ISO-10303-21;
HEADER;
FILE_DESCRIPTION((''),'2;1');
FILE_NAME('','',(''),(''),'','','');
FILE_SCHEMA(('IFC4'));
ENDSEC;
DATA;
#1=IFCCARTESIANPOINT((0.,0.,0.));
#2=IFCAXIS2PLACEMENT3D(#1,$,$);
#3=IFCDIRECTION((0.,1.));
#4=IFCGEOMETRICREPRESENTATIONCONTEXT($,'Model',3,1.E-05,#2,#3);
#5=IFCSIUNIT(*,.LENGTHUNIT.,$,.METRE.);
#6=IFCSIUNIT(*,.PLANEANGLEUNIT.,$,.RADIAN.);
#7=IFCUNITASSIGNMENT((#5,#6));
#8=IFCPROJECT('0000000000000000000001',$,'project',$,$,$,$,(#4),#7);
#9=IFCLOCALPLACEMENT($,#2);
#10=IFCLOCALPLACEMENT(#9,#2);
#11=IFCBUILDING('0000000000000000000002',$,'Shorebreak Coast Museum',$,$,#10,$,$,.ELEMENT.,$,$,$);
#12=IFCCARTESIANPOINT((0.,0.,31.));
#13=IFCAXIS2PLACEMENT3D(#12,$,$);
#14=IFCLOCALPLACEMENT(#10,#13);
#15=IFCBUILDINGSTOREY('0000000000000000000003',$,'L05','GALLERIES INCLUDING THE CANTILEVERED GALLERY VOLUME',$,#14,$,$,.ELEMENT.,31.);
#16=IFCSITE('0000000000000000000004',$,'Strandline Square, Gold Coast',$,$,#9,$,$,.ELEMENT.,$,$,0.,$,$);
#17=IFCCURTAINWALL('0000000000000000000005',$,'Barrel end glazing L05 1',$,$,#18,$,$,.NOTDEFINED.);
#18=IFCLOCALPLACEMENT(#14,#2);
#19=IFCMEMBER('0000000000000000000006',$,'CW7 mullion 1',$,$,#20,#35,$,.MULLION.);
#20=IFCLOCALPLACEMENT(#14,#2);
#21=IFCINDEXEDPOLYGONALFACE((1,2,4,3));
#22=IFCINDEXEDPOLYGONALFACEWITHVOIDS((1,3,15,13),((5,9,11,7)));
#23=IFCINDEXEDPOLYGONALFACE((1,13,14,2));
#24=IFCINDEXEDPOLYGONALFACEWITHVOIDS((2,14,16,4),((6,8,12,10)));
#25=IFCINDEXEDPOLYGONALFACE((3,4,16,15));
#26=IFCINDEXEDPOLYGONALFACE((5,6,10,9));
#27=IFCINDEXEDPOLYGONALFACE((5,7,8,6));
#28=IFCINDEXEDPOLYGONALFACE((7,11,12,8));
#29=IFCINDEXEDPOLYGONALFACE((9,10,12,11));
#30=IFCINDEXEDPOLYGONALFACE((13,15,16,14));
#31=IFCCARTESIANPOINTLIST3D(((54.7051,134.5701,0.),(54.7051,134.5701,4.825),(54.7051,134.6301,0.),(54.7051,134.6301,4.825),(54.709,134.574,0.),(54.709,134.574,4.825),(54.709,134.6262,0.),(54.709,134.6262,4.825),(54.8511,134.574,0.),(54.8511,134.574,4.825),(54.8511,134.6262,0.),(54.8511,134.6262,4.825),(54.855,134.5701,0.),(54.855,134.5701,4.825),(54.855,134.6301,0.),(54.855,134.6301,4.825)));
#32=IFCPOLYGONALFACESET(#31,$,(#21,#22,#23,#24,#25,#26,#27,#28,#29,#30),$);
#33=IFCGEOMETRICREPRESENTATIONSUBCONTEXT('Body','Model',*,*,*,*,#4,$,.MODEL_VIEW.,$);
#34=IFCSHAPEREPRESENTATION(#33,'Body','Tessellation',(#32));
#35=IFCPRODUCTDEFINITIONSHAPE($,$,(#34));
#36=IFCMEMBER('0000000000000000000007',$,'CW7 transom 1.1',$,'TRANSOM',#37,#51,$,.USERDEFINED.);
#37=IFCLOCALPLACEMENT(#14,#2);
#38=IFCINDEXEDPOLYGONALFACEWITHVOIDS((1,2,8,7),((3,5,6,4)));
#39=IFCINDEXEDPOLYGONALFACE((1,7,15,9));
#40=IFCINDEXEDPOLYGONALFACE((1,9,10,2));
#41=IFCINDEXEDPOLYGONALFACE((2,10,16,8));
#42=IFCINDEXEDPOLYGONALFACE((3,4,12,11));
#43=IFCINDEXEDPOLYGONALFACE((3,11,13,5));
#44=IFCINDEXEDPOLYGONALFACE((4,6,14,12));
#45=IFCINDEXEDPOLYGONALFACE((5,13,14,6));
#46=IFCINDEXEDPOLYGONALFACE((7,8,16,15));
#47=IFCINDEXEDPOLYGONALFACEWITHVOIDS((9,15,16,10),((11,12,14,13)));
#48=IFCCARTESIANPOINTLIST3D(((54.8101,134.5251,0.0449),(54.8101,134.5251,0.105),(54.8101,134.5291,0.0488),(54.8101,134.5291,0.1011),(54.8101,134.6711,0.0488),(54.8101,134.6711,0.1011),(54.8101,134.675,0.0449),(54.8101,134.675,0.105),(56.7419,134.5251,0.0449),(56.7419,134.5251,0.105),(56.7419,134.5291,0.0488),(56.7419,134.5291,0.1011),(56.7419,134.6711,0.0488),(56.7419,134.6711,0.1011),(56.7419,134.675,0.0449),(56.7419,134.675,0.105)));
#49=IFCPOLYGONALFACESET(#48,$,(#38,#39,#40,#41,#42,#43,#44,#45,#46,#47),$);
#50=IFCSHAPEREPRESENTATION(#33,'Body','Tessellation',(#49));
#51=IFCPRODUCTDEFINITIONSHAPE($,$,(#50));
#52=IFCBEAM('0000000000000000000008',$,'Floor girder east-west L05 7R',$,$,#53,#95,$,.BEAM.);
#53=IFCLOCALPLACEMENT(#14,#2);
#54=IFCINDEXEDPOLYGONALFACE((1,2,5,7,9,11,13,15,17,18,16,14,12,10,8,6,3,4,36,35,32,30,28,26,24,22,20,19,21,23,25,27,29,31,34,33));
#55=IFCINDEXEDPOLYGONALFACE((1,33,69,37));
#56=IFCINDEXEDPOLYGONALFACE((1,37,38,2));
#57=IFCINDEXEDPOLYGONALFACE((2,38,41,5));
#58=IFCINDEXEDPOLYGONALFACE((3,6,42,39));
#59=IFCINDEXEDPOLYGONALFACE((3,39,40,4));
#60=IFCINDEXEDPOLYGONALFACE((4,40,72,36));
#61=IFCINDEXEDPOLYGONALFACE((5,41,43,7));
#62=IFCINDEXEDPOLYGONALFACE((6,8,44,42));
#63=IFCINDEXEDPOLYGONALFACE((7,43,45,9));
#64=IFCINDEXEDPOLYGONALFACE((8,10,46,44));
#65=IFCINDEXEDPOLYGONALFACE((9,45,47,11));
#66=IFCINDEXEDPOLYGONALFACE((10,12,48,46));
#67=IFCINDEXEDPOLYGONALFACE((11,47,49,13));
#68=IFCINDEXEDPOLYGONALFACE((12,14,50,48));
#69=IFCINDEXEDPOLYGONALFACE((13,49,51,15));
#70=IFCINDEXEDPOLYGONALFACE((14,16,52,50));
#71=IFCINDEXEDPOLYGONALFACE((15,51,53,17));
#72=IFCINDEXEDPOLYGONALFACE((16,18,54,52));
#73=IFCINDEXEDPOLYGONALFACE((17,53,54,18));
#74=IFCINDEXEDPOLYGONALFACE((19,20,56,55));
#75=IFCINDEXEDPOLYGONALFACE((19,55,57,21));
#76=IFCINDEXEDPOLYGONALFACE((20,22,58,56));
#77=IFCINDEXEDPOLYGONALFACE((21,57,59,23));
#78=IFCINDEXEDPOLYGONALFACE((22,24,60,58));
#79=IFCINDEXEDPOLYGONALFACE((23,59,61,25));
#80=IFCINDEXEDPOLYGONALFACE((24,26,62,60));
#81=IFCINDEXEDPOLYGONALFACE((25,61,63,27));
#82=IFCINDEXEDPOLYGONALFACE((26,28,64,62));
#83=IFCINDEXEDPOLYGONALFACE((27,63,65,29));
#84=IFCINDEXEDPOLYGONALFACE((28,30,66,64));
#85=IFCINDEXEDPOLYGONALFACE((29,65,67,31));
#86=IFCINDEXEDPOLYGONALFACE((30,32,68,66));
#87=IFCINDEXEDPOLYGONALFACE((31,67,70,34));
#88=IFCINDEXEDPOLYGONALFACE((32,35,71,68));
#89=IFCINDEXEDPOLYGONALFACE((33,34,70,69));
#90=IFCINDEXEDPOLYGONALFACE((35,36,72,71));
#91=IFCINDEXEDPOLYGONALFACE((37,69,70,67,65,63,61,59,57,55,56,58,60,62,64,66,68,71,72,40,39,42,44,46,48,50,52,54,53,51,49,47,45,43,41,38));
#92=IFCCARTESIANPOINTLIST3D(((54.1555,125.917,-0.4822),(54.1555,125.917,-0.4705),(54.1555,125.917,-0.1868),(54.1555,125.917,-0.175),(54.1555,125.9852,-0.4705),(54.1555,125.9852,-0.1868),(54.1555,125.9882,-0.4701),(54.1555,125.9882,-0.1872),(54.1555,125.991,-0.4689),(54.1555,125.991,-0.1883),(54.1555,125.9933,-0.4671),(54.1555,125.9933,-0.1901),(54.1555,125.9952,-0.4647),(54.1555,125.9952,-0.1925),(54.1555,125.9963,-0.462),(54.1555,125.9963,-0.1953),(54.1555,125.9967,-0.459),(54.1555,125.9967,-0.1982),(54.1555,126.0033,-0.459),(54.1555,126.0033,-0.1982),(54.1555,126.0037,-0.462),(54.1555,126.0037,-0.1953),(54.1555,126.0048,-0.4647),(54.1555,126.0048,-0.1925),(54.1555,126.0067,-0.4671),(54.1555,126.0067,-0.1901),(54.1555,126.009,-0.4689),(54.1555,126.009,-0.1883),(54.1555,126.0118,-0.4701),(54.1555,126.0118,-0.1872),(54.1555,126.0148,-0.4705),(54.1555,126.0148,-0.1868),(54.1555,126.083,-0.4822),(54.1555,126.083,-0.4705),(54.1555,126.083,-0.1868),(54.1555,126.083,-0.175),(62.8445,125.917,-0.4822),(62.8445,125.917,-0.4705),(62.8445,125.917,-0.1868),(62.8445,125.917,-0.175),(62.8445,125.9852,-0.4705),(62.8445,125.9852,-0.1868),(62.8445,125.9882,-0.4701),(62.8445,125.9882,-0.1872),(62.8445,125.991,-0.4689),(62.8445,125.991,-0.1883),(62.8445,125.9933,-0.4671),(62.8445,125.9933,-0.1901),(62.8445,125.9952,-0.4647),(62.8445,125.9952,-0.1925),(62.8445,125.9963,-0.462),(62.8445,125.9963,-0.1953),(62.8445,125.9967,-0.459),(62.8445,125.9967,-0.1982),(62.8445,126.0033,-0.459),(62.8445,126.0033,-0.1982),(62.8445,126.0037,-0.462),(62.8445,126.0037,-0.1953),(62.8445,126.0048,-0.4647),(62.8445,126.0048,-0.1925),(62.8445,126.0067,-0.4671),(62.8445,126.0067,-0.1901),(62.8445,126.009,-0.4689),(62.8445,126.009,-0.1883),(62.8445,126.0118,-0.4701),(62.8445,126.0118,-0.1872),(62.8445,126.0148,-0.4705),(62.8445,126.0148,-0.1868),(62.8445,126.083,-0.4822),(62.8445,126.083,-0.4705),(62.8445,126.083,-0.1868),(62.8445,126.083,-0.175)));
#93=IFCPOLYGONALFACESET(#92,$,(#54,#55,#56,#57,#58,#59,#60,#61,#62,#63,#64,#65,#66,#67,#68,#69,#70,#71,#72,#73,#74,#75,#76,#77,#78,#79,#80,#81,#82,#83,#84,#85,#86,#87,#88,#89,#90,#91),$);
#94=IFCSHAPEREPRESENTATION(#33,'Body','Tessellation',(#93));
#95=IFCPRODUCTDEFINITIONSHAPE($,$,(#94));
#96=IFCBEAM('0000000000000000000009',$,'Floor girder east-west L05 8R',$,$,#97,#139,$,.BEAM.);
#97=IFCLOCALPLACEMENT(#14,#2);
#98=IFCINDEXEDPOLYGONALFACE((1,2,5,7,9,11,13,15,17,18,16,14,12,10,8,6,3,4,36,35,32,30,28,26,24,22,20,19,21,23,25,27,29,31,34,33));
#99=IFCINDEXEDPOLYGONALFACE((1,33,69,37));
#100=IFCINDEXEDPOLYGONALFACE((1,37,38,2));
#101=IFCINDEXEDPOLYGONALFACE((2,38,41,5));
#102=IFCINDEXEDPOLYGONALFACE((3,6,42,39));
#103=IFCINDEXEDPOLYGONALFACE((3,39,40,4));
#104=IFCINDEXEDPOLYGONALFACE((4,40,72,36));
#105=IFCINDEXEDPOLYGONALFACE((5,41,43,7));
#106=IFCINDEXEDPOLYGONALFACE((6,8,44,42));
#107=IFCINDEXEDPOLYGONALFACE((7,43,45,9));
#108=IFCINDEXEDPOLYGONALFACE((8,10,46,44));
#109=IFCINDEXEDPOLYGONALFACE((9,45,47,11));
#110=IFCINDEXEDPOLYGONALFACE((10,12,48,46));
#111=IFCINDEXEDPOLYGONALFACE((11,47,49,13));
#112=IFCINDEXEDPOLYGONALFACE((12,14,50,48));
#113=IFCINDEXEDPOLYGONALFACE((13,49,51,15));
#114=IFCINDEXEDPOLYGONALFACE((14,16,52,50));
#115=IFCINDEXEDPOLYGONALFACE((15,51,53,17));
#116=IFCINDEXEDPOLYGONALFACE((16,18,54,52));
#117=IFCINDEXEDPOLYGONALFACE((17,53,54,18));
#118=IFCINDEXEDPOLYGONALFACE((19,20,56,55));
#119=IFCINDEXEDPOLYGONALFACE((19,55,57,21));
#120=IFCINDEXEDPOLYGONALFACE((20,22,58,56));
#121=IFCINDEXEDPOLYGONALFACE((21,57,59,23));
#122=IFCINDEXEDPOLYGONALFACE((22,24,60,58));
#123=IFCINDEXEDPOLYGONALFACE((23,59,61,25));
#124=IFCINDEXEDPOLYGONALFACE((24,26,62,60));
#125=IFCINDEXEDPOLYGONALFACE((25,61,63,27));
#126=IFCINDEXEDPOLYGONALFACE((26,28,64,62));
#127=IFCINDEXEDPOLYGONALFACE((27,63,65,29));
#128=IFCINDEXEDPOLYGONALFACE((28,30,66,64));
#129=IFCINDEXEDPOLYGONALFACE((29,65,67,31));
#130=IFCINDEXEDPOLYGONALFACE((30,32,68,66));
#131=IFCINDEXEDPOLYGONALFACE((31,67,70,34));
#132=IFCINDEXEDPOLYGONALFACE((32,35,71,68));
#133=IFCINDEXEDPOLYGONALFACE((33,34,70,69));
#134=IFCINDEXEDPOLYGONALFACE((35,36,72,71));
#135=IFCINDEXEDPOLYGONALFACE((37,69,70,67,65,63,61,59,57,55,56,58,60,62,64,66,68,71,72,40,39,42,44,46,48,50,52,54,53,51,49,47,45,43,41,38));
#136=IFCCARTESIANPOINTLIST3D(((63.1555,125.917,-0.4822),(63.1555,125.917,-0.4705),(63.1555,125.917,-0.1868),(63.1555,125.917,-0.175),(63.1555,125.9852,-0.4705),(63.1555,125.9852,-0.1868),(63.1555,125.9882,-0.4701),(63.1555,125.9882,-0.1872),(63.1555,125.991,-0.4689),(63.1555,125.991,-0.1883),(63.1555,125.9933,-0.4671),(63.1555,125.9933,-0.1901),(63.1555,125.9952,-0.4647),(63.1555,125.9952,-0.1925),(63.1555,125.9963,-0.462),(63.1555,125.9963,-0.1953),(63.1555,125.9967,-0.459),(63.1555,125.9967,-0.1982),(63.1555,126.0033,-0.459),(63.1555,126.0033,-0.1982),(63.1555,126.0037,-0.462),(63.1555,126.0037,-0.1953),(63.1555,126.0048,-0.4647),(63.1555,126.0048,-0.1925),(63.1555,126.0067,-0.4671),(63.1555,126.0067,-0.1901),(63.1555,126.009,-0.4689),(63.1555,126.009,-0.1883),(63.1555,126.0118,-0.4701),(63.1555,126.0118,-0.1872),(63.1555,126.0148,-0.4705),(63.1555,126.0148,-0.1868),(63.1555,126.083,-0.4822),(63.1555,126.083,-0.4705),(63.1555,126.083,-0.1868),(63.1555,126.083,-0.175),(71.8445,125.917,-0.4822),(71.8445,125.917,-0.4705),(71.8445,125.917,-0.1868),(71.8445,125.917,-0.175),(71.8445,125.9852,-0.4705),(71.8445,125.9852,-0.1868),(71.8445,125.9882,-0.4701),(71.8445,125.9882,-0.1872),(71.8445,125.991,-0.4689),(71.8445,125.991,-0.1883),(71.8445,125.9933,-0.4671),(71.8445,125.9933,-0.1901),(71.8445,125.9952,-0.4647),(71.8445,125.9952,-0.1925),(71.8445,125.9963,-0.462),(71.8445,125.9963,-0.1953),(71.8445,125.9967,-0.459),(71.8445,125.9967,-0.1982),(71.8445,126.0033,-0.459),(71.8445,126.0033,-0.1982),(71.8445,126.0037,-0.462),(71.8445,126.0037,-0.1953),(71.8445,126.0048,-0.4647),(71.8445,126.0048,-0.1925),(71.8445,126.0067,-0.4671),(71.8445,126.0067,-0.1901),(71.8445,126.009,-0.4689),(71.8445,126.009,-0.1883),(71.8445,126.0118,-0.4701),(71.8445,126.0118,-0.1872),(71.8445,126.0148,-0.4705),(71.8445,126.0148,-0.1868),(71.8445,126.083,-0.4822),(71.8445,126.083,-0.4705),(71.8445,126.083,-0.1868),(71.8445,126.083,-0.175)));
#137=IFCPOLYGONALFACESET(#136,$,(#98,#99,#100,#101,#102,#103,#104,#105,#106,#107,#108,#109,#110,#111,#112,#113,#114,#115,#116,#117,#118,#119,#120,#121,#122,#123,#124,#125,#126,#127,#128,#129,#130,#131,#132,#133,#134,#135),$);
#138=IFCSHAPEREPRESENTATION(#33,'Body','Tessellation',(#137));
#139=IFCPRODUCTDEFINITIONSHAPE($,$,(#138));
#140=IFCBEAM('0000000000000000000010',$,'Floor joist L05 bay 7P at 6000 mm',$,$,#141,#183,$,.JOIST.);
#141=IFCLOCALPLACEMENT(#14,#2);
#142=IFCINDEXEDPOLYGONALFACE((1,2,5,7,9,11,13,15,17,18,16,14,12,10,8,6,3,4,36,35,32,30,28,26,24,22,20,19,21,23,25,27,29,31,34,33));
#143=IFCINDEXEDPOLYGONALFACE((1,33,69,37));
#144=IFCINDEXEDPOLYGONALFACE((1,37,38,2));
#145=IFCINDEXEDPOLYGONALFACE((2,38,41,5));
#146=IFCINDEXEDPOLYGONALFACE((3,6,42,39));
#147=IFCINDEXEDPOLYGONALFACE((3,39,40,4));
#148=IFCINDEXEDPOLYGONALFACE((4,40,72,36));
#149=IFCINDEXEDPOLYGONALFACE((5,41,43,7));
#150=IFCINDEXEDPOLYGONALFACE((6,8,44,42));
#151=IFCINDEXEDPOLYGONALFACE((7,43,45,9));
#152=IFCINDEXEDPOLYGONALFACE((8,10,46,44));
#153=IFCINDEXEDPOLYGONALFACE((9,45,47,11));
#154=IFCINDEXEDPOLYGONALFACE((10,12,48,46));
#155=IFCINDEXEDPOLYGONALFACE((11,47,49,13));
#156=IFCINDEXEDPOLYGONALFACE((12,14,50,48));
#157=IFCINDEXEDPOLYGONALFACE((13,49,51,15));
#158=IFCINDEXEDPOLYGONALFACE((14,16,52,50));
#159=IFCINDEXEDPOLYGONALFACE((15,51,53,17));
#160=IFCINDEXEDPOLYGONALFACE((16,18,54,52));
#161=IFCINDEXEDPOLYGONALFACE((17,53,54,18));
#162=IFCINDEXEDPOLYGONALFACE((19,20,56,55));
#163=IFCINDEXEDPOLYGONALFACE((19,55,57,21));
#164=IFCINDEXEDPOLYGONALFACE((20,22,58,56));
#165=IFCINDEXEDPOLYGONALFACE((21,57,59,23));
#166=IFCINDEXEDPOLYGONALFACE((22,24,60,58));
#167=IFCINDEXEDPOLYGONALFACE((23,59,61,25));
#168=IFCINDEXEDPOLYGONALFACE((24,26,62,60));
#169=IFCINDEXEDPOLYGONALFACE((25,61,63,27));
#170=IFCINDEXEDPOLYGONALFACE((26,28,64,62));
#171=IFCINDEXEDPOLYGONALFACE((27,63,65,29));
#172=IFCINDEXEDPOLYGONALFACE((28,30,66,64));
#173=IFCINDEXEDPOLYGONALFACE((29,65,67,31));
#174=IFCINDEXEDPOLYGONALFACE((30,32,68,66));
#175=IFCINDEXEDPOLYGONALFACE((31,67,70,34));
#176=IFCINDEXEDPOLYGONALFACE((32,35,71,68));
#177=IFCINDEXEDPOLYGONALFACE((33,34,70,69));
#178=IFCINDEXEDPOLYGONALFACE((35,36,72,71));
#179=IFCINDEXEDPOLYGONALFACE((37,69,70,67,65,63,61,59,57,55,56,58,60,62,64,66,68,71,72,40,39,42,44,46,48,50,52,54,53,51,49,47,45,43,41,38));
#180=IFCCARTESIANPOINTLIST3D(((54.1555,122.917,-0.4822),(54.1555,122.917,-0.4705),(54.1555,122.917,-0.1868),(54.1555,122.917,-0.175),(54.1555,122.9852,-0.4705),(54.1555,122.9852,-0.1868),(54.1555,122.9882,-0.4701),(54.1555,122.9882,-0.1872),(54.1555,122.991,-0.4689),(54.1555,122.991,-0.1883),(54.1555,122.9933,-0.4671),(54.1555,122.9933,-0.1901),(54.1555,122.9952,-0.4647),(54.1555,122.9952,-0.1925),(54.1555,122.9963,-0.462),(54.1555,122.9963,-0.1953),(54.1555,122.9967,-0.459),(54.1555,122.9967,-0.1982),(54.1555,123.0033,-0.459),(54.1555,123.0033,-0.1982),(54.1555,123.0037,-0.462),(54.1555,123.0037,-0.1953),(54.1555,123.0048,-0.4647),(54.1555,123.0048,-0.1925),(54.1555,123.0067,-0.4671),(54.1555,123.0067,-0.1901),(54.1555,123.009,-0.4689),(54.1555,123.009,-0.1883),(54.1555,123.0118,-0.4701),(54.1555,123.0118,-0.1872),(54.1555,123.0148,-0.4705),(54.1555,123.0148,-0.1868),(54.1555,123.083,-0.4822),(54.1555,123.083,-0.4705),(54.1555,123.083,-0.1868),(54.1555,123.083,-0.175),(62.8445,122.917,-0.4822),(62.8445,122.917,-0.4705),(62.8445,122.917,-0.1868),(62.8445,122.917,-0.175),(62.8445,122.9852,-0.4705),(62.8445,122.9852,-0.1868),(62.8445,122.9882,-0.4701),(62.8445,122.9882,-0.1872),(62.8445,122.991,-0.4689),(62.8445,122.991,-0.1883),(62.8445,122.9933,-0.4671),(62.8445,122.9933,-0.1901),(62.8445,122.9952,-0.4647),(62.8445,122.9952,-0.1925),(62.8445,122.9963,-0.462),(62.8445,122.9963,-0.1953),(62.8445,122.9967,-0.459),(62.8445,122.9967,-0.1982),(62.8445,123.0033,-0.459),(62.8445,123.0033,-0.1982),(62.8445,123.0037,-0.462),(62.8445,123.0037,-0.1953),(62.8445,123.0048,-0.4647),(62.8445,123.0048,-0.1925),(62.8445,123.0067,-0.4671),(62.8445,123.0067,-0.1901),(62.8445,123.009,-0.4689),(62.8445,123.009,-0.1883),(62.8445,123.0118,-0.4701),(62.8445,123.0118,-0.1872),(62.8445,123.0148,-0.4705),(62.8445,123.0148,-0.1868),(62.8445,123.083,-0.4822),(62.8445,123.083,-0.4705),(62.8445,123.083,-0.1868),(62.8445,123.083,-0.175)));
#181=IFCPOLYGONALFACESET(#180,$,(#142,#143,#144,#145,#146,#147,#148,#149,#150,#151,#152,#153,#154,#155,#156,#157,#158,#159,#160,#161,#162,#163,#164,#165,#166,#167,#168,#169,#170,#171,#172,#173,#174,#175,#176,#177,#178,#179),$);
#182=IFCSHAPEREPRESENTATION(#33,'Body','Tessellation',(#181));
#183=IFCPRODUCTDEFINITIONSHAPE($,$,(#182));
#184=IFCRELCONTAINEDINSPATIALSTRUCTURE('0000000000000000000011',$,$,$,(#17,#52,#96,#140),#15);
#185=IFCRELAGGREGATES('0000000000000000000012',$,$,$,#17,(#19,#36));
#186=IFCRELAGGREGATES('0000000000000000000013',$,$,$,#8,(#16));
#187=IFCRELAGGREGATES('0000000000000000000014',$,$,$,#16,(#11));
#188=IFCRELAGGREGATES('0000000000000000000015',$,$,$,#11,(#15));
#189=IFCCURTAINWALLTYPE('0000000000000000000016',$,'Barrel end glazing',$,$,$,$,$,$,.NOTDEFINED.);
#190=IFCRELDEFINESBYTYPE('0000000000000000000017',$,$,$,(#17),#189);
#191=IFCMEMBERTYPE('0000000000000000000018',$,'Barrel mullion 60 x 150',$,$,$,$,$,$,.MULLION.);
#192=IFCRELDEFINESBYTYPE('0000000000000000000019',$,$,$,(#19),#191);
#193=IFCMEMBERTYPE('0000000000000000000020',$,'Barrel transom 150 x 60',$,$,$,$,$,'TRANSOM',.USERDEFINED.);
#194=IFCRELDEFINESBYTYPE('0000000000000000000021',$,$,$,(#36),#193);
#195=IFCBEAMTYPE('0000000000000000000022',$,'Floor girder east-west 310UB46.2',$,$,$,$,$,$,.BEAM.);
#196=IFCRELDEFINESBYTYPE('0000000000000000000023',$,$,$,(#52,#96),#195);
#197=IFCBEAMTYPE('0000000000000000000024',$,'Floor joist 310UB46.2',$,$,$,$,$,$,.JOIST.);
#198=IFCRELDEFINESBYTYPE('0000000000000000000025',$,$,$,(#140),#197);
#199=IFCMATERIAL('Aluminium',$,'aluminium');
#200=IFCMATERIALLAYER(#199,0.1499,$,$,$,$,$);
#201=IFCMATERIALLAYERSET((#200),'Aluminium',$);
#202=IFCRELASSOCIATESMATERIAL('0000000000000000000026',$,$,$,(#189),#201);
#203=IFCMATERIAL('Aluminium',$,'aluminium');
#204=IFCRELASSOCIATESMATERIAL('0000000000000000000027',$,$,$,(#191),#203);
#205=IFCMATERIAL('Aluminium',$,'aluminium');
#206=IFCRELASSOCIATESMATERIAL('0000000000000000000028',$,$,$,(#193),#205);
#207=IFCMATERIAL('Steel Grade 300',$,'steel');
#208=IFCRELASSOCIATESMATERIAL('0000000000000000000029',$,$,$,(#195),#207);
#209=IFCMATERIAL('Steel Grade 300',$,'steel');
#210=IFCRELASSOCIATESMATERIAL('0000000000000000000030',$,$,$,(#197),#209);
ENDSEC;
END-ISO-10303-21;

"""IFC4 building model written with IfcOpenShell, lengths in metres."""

from ifc_helpers import new_model, si_unit, direction, frame, origin, origin_2d, place, context, subcontext, project, spatial, hollow_rectangle, i_section, extrude, material, layer, layer_set, material_profile, profile_set, type_object, element, aggregate, save


model = new_model("IFC4")

# Units and contexts
model_context = context("Model", 3, precision=1e-05, world=origin(), true_north=direction((0.0, 1.0)))
body_context = subcontext(model_context, "Body", "Model", "MODEL_VIEW")
ifc_project = project(units=[si_unit("LENGTHUNIT", "METRE"), si_unit("PLANEANGLEUNIT", "RADIAN")], contexts=[model_context])

# Site, building, storey
site_placement = place(None, origin())
site = spatial("IfcSite", under=ifc_project, at=site_placement, Name="Strandline Square, Gold Coast", CompositionType="ELEMENT", RefElevation=0.0)
building_placement = place(site_placement, origin())
building = spatial("IfcBuilding", under=site, at=building_placement, Name="Shorebreak Coast Museum", CompositionType="ELEMENT")
storey_placement = place(building_placement, frame((0.0, 0.0, 31.0)))
storey = spatial("IfcBuildingStorey", under=building, at=storey_placement, Name="L05", Description="GALLERIES INCLUDING THE CANTILEVERED GALLERY VOLUME", CompositionType="ELEMENT", Elevation=31.0)

# Curtain wall, members
ifc_material_1 = material(Name="Aluminium", Category="aluminium")
ifc_layer_1 = layer(ifc_material_1, 0.1499)
ifc_layer_set_1 = layer_set([ifc_layer_1], Name="Aluminium")
curtain_wall_type = type_object("IfcCurtainWallType", Name="Barrel end glazing", PredefinedType="NOTDEFINED", material=ifc_layer_set_1)
curtain_wall_placement = place(storey_placement, origin())
curtain_wall = element("IfcCurtainWall", 1, at=curtain_wall_placement, inside=storey, type_object=curtain_wall_type, Name="Barrel end glazing L05 1", PredefinedType="NOTDEFINED")
ifc_material_2 = material(Name="Aluminium", Category="aluminium")
ifc_material_profile_1 = material_profile(ifc_material_2, hollow_rectangle(XDim=0.0601, YDim=0.1499, WallThickness=0.0039, at=origin_2d()), Name="AL 150x60 RHS")
ifc_profile_set_1 = profile_set([ifc_material_profile_1], Name="Aluminium")
member_type_1 = type_object("IfcMemberType", Name="Barrel mullion 60 x 150", PredefinedType="MULLION", material=ifc_profile_set_1)
member_1_placement = place(storey_placement, frame((54.78, 134.6001, 0.0), z_axis=(0.0, 0.0, 1.0), x_axis=(0.0, 1.0, 0.0)))
member_1 = element("IfcMember", 2, at=member_1_placement, type_object=member_type_1, Name="CW7 mullion 1", PredefinedType="MULLION", context=body_context, shape_type="SweptSolid", body=[
    extrude(hollow_rectangle(XDim=0.0601, YDim=0.1499, WallThickness=0.0039, at=origin_2d()), origin(), (0.0, 0.0, 1.0), 4.825),
])
ifc_material_3 = material(Name="Aluminium", Category="aluminium")
ifc_material_profile_2 = material_profile(ifc_material_3, hollow_rectangle(XDim=0.1499, YDim=0.0601, WallThickness=0.0039, at=origin_2d()), Name="AL 60x150 RHS")
ifc_profile_set_2 = profile_set([ifc_material_profile_2], Name="Aluminium")
member_type_2 = type_object("IfcMemberType", Name="Barrel transom 150 x 60", ElementType="TRANSOM", PredefinedType="USERDEFINED", material=ifc_profile_set_2)
member_2_placement = place(storey_placement, frame((54.8101, 134.6001, 0.075), z_axis=(1.0, 0.0, 0.0), x_axis=(0.0, 1.0, 0.0)))
member_2 = element("IfcMember", 3, at=member_2_placement, type_object=member_type_2, Name="CW7 transom 1.1", ObjectType="TRANSOM", PredefinedType="USERDEFINED", context=body_context, shape_type="SweptSolid", body=[
    extrude(hollow_rectangle(XDim=0.1499, YDim=0.0601, WallThickness=0.0039, at=origin_2d()), origin(), (0.0, 0.0, 1.0), 1.9319),
])
aggregate(curtain_wall, [member_1, member_2])

# Beams
ifc_material_4 = material(Name="Steel Grade 300", Category="steel")
ifc_material_profile_3 = material_profile(ifc_material_4, i_section(OverallWidth=0.166, OverallDepth=0.3071, WebThickness=0.0066, FlangeThickness=0.0117, FilletRadius=0.0115, at=origin_2d()), Name="310UB46.2")
ifc_profile_set_3 = profile_set([ifc_material_profile_3], Name="Steel Grade 300")
beam_type_1 = type_object("IfcBeamType", Name="Floor girder east-west 310UB46.2", PredefinedType="BEAM", material=ifc_profile_set_3)
for number, where, z_axis, x_axis, name in (
    (4, (54.1555, 126.0, -0.3286), (1.0, 0.0, 0.0), (0.0, 1.0, 0.0), "Floor girder east-west L05 7R"),
    (5, (63.1555, 126.0, -0.3286), (1.0, 0.0, 0.0), (0.0, 1.0, 0.0), "Floor girder east-west L05 8R"),
):
    element("IfcBeam", number, at=place(storey_placement, frame(where, z_axis=z_axis, x_axis=x_axis)), inside=storey, type_object=beam_type_1, Name=name, PredefinedType="BEAM", context=body_context, shape_type="SweptSolid", body=[
        extrude(i_section(OverallWidth=0.166, OverallDepth=0.3071, WebThickness=0.0066, FlangeThickness=0.0117, FilletRadius=0.0115, at=origin_2d()), origin(), (0.0, 0.0, 1.0), 8.689),
    ])
ifc_material_5 = material(Name="Steel Grade 300", Category="steel")
ifc_material_profile_4 = material_profile(ifc_material_5, i_section(OverallWidth=0.166, OverallDepth=0.3071, WebThickness=0.0066, FlangeThickness=0.0117, FilletRadius=0.0115, at=origin_2d()), Name="310UB46.2")
ifc_profile_set_4 = profile_set([ifc_material_profile_4], Name="Steel Grade 300")
beam_type_2 = type_object("IfcBeamType", Name="Floor joist 310UB46.2", PredefinedType="JOIST", material=ifc_profile_set_4)
for number, where, z_axis, x_axis, name in (
    (6, (54.1555, 123.0, -0.3286), (1.0, 0.0, 0.0), (0.0, 1.0, 0.0), "Floor joist L05 bay 7P at 6000 mm"),
):
    element("IfcBeam", number, at=place(storey_placement, frame(where, z_axis=z_axis, x_axis=x_axis)), inside=storey, type_object=beam_type_2, Name=name, PredefinedType="JOIST", context=body_context, shape_type="SweptSolid", body=[
        extrude(i_section(OverallWidth=0.166, OverallDepth=0.3071, WebThickness=0.0066, FlangeThickness=0.0117, FilletRadius=0.0115, at=origin_2d()), origin(), (0.0, 0.0, 1.0), 8.689),
    ])

save(model, "model.ifc")
